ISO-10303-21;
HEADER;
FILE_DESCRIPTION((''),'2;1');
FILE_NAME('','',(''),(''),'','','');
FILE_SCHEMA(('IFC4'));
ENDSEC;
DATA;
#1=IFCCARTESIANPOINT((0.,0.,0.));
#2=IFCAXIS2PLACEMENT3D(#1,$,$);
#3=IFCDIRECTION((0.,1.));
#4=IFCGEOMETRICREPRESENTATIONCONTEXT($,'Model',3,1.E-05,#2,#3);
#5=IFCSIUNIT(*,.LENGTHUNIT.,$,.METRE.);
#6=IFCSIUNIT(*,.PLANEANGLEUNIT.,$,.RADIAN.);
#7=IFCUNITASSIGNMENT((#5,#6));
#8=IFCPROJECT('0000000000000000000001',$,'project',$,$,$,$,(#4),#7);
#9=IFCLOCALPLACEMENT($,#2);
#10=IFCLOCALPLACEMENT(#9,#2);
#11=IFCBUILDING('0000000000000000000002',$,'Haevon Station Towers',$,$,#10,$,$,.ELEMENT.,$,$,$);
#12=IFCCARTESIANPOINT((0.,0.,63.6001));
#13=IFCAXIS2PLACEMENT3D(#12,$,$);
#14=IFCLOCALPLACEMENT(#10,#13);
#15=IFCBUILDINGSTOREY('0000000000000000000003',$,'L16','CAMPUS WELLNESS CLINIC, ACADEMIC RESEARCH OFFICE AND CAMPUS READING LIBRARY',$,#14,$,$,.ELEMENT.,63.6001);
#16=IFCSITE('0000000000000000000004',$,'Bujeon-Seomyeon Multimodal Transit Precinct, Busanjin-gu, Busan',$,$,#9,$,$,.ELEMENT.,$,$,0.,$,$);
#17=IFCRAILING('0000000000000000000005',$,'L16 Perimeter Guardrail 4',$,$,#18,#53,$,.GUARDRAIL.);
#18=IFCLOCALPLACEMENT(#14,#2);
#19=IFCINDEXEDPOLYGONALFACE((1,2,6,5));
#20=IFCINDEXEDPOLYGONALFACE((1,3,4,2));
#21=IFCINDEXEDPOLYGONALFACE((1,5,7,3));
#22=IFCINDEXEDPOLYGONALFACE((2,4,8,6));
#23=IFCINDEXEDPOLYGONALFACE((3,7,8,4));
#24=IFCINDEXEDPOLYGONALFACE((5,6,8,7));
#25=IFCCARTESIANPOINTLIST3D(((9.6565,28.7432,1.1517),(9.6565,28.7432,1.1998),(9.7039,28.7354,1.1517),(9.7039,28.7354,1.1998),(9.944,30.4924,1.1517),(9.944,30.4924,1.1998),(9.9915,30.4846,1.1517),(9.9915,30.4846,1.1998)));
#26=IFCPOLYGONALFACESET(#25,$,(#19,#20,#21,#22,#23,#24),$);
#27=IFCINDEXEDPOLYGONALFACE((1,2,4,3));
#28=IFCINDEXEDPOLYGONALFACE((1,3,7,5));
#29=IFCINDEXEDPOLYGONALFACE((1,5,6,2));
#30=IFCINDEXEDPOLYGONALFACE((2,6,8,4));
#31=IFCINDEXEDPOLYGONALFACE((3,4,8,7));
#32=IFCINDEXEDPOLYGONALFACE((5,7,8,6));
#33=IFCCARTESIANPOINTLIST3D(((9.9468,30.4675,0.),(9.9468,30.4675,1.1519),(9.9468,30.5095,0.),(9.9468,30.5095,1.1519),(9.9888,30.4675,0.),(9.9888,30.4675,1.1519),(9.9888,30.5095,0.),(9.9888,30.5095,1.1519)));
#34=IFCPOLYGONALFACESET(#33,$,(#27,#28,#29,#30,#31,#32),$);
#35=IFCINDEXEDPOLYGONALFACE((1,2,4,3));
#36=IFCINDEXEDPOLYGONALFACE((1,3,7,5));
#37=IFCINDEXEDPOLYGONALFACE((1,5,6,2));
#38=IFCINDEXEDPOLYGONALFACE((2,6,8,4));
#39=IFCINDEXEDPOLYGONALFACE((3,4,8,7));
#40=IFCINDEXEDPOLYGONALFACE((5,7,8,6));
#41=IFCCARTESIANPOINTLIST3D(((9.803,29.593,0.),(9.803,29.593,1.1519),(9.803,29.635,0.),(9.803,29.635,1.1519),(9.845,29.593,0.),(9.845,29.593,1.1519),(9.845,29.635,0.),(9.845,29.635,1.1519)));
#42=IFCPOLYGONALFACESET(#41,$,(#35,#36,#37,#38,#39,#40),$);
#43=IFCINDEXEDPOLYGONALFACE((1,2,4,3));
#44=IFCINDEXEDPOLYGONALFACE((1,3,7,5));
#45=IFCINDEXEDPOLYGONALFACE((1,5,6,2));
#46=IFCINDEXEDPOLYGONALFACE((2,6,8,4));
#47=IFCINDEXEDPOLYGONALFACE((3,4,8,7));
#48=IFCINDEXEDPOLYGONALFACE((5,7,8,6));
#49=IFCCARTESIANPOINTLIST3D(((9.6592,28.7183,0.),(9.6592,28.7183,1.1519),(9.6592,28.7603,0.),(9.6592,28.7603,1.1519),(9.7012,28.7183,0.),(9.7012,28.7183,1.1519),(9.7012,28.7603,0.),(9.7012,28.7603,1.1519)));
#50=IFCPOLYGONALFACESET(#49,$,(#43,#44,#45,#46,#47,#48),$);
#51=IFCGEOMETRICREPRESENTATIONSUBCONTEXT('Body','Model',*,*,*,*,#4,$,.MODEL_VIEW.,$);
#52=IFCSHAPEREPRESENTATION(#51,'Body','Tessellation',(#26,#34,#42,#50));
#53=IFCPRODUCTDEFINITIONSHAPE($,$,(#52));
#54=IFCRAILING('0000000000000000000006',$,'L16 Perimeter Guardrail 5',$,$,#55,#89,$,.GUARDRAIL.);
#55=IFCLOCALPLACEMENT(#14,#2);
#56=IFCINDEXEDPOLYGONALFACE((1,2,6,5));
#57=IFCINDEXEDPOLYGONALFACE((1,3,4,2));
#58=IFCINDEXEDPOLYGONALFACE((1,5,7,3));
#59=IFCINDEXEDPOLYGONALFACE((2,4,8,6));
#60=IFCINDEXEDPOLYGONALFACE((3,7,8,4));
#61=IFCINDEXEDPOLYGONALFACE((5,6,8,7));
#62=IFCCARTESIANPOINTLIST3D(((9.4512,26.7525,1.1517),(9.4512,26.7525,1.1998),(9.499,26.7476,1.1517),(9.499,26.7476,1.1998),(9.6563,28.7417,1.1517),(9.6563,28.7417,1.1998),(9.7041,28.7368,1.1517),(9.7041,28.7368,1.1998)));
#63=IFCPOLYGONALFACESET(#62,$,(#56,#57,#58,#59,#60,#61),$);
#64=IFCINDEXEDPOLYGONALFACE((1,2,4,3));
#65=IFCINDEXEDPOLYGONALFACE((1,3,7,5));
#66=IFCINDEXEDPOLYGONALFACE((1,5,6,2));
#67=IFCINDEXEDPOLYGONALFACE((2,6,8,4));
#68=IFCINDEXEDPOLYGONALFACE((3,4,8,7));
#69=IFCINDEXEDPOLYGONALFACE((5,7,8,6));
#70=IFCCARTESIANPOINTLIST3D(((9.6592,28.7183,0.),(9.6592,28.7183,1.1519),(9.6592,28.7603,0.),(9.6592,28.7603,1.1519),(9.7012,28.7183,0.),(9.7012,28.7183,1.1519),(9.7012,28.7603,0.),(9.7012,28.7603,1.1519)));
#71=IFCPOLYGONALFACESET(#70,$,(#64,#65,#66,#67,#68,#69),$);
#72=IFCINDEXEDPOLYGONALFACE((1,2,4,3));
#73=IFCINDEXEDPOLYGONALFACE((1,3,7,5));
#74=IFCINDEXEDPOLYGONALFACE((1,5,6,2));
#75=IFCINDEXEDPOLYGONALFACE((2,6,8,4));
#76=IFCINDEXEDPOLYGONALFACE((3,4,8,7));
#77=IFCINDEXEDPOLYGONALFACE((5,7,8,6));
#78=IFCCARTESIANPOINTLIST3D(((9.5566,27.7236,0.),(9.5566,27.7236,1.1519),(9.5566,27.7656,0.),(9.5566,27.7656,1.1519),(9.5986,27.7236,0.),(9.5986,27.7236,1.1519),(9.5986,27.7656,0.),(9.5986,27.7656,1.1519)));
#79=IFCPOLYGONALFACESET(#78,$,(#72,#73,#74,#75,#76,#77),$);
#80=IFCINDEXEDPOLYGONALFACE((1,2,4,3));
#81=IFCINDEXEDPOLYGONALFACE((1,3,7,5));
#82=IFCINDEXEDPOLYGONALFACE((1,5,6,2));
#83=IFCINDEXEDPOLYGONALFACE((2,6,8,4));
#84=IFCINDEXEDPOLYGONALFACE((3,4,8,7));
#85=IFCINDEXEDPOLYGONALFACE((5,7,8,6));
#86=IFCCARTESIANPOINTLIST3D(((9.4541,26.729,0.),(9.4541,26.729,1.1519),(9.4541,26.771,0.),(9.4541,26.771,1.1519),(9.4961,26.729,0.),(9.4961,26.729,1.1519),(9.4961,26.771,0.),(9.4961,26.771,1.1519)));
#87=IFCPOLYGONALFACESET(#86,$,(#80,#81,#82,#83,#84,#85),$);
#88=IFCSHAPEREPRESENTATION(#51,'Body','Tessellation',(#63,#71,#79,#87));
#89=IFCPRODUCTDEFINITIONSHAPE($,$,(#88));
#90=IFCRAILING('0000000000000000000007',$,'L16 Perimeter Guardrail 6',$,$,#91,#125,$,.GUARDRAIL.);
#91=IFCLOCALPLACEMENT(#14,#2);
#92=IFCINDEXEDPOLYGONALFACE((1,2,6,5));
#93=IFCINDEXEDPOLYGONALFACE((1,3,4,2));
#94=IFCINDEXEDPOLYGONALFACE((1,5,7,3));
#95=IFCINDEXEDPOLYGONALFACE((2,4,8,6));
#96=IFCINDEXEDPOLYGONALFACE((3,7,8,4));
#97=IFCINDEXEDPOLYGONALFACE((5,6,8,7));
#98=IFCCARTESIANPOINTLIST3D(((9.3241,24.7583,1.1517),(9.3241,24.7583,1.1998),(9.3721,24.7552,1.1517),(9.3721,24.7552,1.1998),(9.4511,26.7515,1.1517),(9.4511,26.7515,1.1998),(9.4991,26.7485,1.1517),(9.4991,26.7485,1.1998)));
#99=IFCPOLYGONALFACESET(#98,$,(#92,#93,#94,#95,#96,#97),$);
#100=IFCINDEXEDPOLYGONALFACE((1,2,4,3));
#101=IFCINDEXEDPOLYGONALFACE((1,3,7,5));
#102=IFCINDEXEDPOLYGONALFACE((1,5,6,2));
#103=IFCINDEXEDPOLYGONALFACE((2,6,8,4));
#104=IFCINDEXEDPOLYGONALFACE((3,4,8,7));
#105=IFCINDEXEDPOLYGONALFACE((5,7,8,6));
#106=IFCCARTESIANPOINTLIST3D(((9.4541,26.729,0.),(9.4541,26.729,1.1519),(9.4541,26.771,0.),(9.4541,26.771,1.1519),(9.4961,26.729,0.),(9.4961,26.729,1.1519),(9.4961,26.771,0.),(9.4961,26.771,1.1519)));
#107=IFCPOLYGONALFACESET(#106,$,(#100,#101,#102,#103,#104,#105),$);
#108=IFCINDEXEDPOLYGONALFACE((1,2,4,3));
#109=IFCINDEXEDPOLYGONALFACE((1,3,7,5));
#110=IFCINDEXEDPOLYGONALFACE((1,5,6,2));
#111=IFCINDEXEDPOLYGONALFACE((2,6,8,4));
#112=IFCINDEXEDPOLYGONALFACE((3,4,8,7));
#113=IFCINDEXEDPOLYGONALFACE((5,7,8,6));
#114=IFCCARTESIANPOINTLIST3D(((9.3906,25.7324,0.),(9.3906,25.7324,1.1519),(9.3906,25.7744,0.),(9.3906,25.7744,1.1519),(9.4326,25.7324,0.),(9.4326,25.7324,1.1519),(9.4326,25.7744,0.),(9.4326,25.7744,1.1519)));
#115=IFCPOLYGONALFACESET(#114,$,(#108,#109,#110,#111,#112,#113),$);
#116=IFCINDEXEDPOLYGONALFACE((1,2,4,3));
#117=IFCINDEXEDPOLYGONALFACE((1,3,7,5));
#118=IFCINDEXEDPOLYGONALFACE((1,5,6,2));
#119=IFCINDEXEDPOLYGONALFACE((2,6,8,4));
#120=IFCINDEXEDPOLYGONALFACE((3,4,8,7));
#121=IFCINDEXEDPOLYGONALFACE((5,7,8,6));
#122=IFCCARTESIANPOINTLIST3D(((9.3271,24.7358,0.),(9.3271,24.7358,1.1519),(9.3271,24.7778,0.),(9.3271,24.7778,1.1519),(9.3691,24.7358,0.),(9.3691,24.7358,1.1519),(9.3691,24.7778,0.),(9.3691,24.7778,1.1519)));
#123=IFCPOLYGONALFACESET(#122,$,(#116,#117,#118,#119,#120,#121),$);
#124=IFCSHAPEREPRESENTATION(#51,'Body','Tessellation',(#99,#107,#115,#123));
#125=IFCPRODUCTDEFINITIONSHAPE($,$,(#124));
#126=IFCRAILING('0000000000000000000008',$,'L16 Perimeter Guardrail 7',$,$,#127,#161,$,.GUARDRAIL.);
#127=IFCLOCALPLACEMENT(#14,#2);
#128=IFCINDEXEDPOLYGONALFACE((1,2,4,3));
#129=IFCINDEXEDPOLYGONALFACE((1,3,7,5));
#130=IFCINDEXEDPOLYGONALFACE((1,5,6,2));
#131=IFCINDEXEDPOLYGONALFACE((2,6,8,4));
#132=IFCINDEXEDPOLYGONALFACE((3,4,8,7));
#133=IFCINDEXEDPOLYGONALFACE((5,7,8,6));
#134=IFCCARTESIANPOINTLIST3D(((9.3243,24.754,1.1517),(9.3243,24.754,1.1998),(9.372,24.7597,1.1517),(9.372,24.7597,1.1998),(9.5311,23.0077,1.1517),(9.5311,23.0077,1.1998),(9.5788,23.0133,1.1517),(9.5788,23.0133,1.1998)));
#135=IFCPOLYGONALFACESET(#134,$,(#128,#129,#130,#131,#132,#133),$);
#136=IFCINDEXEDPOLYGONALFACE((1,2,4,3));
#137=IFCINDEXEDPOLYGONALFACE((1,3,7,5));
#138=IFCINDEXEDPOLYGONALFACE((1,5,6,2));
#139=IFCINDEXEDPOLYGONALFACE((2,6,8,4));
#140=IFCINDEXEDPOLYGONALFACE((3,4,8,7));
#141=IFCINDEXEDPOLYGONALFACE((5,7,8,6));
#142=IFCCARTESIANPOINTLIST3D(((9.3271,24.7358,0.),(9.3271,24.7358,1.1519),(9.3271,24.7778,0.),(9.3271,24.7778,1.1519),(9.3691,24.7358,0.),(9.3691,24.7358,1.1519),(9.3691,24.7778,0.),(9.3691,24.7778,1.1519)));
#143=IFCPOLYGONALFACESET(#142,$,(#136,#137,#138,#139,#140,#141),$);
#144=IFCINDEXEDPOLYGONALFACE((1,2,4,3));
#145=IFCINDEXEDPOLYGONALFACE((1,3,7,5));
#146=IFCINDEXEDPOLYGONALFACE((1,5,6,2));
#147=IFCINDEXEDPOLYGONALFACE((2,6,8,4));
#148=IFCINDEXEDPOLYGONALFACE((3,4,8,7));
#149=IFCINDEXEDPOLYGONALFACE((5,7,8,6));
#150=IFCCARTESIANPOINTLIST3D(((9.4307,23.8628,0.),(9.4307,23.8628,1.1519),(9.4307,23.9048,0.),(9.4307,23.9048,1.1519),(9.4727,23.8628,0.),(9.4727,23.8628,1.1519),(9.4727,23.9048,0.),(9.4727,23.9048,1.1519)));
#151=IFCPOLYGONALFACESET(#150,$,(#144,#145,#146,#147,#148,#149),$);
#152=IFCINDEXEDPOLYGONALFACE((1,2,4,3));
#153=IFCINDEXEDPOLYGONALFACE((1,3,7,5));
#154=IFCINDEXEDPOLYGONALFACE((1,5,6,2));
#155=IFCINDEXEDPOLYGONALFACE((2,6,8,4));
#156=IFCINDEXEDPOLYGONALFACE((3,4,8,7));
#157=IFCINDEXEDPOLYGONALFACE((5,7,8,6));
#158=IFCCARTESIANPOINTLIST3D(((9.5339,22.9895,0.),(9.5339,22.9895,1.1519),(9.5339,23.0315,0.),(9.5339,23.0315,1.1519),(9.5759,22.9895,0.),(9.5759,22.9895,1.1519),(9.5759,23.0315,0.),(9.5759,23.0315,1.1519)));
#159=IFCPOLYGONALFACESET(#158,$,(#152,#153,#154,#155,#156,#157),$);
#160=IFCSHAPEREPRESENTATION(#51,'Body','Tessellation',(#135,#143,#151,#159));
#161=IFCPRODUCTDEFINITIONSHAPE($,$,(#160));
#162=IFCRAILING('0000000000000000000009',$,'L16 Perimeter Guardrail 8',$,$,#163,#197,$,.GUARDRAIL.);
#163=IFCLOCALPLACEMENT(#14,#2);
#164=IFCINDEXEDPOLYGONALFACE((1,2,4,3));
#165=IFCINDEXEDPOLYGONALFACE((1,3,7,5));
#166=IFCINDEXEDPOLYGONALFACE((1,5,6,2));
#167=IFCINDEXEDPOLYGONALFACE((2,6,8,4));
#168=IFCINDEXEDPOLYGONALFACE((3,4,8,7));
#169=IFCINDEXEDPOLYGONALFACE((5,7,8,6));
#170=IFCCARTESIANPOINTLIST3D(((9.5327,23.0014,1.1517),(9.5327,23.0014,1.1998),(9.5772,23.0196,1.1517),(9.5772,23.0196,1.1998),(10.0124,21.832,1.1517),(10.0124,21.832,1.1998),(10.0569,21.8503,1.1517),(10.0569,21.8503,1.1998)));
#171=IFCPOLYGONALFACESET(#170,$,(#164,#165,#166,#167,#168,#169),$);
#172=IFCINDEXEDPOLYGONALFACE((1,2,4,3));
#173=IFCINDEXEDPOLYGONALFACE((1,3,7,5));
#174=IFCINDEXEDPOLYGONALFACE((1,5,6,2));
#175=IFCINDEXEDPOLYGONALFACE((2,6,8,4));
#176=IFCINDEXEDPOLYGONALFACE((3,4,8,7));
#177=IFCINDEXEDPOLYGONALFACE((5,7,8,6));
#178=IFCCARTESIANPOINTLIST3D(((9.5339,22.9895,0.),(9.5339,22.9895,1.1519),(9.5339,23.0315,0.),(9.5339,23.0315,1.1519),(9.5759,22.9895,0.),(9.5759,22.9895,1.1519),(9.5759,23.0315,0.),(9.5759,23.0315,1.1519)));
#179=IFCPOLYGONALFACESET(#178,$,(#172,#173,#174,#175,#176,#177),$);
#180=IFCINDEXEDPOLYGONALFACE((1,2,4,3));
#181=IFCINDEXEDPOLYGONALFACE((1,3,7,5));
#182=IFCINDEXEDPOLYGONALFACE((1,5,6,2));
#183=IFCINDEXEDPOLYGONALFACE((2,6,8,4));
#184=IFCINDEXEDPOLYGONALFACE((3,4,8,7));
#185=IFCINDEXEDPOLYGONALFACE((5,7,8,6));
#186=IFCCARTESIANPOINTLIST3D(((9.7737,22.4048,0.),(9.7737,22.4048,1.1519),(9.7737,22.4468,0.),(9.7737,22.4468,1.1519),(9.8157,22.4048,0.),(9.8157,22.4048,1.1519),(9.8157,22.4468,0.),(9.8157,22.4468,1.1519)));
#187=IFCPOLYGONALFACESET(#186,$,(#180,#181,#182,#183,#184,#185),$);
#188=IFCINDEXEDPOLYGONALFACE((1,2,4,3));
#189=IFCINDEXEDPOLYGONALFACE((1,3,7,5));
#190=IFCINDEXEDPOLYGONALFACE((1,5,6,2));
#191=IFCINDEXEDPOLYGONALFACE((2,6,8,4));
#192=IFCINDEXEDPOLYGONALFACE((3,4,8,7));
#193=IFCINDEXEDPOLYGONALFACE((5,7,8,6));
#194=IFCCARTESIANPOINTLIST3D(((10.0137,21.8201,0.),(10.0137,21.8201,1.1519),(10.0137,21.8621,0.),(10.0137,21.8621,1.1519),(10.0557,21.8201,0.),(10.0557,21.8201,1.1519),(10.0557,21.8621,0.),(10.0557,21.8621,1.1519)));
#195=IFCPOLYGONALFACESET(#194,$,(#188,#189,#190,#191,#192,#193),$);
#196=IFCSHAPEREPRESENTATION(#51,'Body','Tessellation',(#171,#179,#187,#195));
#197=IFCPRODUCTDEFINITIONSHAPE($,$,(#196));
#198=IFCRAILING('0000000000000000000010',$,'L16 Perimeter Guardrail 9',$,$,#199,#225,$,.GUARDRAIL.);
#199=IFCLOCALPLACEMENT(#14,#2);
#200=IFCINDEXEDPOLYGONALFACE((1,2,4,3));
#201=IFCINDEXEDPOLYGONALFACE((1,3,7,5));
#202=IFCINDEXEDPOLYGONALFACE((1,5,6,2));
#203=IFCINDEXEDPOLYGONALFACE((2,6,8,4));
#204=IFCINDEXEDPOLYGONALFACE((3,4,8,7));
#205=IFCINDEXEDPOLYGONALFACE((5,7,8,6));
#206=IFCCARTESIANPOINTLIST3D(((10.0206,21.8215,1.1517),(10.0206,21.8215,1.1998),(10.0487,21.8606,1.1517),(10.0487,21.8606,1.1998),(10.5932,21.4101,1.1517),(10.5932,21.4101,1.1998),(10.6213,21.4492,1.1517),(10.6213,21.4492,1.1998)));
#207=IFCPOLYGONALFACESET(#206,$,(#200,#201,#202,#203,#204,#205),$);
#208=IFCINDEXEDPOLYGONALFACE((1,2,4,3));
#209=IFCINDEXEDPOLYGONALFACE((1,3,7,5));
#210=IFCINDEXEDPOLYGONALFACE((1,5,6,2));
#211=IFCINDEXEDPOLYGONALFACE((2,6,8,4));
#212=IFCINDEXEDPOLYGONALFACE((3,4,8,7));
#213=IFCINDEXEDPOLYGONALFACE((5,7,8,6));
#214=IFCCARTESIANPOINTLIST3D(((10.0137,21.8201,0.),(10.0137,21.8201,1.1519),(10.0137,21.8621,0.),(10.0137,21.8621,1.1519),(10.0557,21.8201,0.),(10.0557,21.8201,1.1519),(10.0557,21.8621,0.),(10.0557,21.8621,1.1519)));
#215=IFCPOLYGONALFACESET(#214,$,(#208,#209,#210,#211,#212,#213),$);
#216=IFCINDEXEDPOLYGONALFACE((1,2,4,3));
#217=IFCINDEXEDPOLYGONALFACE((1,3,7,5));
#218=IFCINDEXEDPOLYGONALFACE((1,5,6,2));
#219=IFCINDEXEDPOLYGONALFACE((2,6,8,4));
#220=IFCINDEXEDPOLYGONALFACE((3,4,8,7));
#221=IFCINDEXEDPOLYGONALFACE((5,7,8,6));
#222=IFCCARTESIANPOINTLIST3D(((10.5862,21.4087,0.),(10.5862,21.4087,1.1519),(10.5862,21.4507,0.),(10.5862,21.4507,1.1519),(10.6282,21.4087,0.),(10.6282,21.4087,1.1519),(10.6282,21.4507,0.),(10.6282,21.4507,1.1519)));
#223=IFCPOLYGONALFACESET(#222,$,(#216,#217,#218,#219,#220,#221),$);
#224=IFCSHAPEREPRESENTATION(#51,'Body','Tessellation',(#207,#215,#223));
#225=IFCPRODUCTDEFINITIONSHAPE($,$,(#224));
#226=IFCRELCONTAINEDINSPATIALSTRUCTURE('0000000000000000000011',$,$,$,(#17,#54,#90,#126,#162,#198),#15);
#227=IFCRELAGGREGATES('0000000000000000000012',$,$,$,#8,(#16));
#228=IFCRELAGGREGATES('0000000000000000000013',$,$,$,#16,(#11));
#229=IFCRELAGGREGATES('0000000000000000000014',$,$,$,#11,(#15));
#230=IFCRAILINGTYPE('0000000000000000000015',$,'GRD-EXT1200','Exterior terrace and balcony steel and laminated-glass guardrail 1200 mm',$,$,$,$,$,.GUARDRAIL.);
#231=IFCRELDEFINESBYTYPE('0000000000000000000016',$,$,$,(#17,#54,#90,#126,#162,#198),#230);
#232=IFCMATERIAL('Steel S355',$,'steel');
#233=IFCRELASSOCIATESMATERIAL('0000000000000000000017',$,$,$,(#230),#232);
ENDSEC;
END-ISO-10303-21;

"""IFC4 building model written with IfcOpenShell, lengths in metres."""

from ifc_helpers import new_model, si_unit, direction, frame, origin, origin_2d, place, context, subcontext, project, spatial, rectangle, extrude, material, type_object, element, save


model = new_model("IFC4")

# Units and contexts
model_context = context("Model", 3, precision=1e-05, world=origin(), true_north=direction((0.0, 1.0)))
body_context = subcontext(model_context, "Body", "Model", "MODEL_VIEW")
ifc_project = project(units=[si_unit("LENGTHUNIT", "METRE"), si_unit("PLANEANGLEUNIT", "RADIAN")], contexts=[model_context])

# Site, building, storey
site_placement = place(None, origin())
site = spatial("IfcSite", under=ifc_project, at=site_placement, Name="Bujeon-Seomyeon Multimodal Transit Precinct, Busanjin-gu, Busan", CompositionType="ELEMENT", RefElevation=0.0)
building_placement = place(site_placement, origin())
building = spatial("IfcBuilding", under=site, at=building_placement, Name="Haevon Station Towers", CompositionType="ELEMENT")
storey_placement = place(building_placement, frame((0.0, 0.0, 63.6001)))
storey = spatial("IfcBuildingStorey", under=building, at=storey_placement, Name="L16", Description="CAMPUS WELLNESS CLINIC, ACADEMIC RESEARCH OFFICE AND CAMPUS READING LIBRARY", CompositionType="ELEMENT", Elevation=63.6001)

# Shared definitions
ifc_material_1 = material(Name="Steel S355", Category="steel")

# Railings
railing_type = type_object("IfcRailingType", Name="GRD-EXT1200", Description="Exterior terrace and balcony steel and laminated-glass guardrail 1200 mm", PredefinedType="GUARDRAIL", material=ifc_material_1)
railing_1_placement = place(storey_placement, frame((9.9678, 30.4885, 0.0)))
element("IfcRailing", 1, at=railing_1_placement, inside=storey, type_object=railing_type, Name="L16 Perimeter Guardrail 4", PredefinedType="GUARDRAIL", context=body_context, shape_type="SweptSolid", body=[
    extrude(rectangle(XDim=0.0481, YDim=0.0481, at=origin_2d()), frame((0.0, 0.0, 1.1758), z_axis=(-0.162232, -0.986753, 0.0), x_axis=(0.986753, -0.162232, 0.0)), (0.0, 0.0, 1.0), 1.7727),
    extrude(rectangle(XDim=0.042, YDim=0.042, at=origin_2d()), origin(), (0.0, 0.0, 1.0), 1.1519),
    extrude(rectangle(XDim=0.042, YDim=0.042, at=origin_2d()), frame((-0.1438, -0.8745, 0.0)), (0.0, 0.0, 1.0), 1.1519),
    extrude(rectangle(XDim=0.042, YDim=0.042, at=origin_2d()), frame((-0.2876, -1.7493, 0.0)), (0.0, 0.0, 1.0), 1.1519),
])
railing_2_placement = place(storey_placement, frame((9.6802, 28.7393, 0.0)))
element("IfcRailing", 2, at=railing_2_placement, inside=storey, type_object=railing_type, Name="L16 Perimeter Guardrail 5", PredefinedType="GUARDRAIL", context=body_context, shape_type="SweptSolid", body=[
    extrude(rectangle(XDim=0.0481, YDim=0.0481, at=origin_2d()), frame((0.0, 0.0, 1.1758), z_axis=(-0.102549, -0.994728, 0.0), x_axis=(0.994728, -0.102549, 0.0)), (0.0, 0.0, 1.0), 1.9998),
    extrude(rectangle(XDim=0.042, YDim=0.042, at=origin_2d()), origin(), (0.0, 0.0, 1.0), 1.1519),
    extrude(rectangle(XDim=0.042, YDim=0.042, at=origin_2d()), frame((-0.1025, -0.9946, 0.0)), (0.0, 0.0, 1.0), 1.1519),
    extrude(rectangle(XDim=0.042, YDim=0.042, at=origin_2d()), frame((-0.2051, -1.9893, 0.0)), (0.0, 0.0, 1.0), 1.1519),
])
railing_3_placement = place(storey_placement, frame((9.4751, 26.75, 0.0)))
element("IfcRailing", 3, at=railing_3_placement, inside=storey, type_object=railing_type, Name="L16 Perimeter Guardrail 6", PredefinedType="GUARDRAIL", context=body_context, shape_type="SweptSolid", body=[
    extrude(rectangle(XDim=0.0481, YDim=0.0481, at=origin_2d()), frame((0.0, 0.0, 1.1758), z_axis=(-0.063565, -0.997978, 0.0), x_axis=(0.997978, -0.063565, 0.0)), (0.0, 0.0, 1.0), 1.9973),
    extrude(rectangle(XDim=0.042, YDim=0.042, at=origin_2d()), origin(), (0.0, 0.0, 1.0), 1.1519),
    extrude(rectangle(XDim=0.042, YDim=0.042, at=origin_2d()), frame((-0.0635, -0.9966, 0.0)), (0.0, 0.0, 1.0), 1.1519),
    extrude(rectangle(XDim=0.042, YDim=0.042, at=origin_2d()), frame((-0.127, -1.9932, 0.0)), (0.0, 0.0, 1.0), 1.1519),
])
railing_4_placement = place(storey_placement, frame((9.3481, 24.7568, 0.0)))
element("IfcRailing", 4, at=railing_4_placement, inside=storey, type_object=railing_type, Name="L16 Perimeter Guardrail 7", PredefinedType="GUARDRAIL", context=body_context, shape_type="SweptSolid", body=[
    extrude(rectangle(XDim=0.0481, YDim=0.0481, at=origin_2d()), frame((0.0, 0.0, 1.1758), z_axis=(0.11759, -0.993062, 0.0), x_axis=(0.993062, 0.11759, 0.0)), (0.0, 0.0, 1.0), 1.7585),
    extrude(rectangle(XDim=0.042, YDim=0.042, at=origin_2d()), origin(), (0.0, 0.0, 1.0), 1.1519),
    extrude(rectangle(XDim=0.042, YDim=0.042, at=origin_2d()), frame((0.1035, -0.873, 0.0)), (0.0, 0.0, 1.0), 1.1519),
    extrude(rectangle(XDim=0.042, YDim=0.042, at=origin_2d()), frame((0.2068, -1.7463, 0.0)), (0.0, 0.0, 1.0), 1.1519),
])
railing_5_placement = place(storey_placement, frame((9.5549, 23.0105, 0.0)))
element("IfcRailing", 5, at=railing_5_placement, inside=storey, type_object=railing_type, Name="L16 Perimeter Guardrail 8", PredefinedType="GUARDRAIL", context=body_context, shape_type="SweptSolid", body=[
    extrude(rectangle(XDim=0.0481, YDim=0.0481, at=origin_2d()), frame((0.0, 0.0, 1.1758), z_axis=(0.379535, -0.925177, 0.0), x_axis=(0.925177, 0.379535, 0.0)), (0.0, 0.0, 1.0), 1.2639),
    extrude(rectangle(XDim=0.042, YDim=0.042, at=origin_2d()), origin(), (0.0, 0.0, 1.0), 1.1519),
    extrude(rectangle(XDim=0.042, YDim=0.042, at=origin_2d()), frame((0.2397, -0.5847, 0.0)), (0.0, 0.0, 1.0), 1.1519),
    extrude(rectangle(XDim=0.042, YDim=0.042, at=origin_2d()), frame((0.4797, -1.1694, 0.0)), (0.0, 0.0, 1.0), 1.1519),
])
railing_6_placement = place(storey_placement, frame((10.0347, 21.8411, 0.0)))
element("IfcRailing", 6, at=railing_6_placement, inside=storey, type_object=railing_type, Name="L16 Perimeter Guardrail 9", PredefinedType="GUARDRAIL", context=body_context, shape_type="SweptSolid", body=[
    extrude(rectangle(XDim=0.0481, YDim=0.0481, at=origin_2d()), frame((0.0, 0.0, 1.1758), z_axis=(0.812092, -0.583529, 0.0), x_axis=(0.583529, 0.812092, 0.0)), (0.0, 0.0, 1.0), 0.7051),
    extrude(rectangle(XDim=0.042, YDim=0.042, at=origin_2d()), origin(), (0.0, 0.0, 1.0), 1.1519),
    extrude(rectangle(XDim=0.042, YDim=0.042, at=origin_2d()), frame((0.5725, -0.4114, 0.0)), (0.0, 0.0, 1.0), 1.1519),
])

save(model, "model.ifc")
